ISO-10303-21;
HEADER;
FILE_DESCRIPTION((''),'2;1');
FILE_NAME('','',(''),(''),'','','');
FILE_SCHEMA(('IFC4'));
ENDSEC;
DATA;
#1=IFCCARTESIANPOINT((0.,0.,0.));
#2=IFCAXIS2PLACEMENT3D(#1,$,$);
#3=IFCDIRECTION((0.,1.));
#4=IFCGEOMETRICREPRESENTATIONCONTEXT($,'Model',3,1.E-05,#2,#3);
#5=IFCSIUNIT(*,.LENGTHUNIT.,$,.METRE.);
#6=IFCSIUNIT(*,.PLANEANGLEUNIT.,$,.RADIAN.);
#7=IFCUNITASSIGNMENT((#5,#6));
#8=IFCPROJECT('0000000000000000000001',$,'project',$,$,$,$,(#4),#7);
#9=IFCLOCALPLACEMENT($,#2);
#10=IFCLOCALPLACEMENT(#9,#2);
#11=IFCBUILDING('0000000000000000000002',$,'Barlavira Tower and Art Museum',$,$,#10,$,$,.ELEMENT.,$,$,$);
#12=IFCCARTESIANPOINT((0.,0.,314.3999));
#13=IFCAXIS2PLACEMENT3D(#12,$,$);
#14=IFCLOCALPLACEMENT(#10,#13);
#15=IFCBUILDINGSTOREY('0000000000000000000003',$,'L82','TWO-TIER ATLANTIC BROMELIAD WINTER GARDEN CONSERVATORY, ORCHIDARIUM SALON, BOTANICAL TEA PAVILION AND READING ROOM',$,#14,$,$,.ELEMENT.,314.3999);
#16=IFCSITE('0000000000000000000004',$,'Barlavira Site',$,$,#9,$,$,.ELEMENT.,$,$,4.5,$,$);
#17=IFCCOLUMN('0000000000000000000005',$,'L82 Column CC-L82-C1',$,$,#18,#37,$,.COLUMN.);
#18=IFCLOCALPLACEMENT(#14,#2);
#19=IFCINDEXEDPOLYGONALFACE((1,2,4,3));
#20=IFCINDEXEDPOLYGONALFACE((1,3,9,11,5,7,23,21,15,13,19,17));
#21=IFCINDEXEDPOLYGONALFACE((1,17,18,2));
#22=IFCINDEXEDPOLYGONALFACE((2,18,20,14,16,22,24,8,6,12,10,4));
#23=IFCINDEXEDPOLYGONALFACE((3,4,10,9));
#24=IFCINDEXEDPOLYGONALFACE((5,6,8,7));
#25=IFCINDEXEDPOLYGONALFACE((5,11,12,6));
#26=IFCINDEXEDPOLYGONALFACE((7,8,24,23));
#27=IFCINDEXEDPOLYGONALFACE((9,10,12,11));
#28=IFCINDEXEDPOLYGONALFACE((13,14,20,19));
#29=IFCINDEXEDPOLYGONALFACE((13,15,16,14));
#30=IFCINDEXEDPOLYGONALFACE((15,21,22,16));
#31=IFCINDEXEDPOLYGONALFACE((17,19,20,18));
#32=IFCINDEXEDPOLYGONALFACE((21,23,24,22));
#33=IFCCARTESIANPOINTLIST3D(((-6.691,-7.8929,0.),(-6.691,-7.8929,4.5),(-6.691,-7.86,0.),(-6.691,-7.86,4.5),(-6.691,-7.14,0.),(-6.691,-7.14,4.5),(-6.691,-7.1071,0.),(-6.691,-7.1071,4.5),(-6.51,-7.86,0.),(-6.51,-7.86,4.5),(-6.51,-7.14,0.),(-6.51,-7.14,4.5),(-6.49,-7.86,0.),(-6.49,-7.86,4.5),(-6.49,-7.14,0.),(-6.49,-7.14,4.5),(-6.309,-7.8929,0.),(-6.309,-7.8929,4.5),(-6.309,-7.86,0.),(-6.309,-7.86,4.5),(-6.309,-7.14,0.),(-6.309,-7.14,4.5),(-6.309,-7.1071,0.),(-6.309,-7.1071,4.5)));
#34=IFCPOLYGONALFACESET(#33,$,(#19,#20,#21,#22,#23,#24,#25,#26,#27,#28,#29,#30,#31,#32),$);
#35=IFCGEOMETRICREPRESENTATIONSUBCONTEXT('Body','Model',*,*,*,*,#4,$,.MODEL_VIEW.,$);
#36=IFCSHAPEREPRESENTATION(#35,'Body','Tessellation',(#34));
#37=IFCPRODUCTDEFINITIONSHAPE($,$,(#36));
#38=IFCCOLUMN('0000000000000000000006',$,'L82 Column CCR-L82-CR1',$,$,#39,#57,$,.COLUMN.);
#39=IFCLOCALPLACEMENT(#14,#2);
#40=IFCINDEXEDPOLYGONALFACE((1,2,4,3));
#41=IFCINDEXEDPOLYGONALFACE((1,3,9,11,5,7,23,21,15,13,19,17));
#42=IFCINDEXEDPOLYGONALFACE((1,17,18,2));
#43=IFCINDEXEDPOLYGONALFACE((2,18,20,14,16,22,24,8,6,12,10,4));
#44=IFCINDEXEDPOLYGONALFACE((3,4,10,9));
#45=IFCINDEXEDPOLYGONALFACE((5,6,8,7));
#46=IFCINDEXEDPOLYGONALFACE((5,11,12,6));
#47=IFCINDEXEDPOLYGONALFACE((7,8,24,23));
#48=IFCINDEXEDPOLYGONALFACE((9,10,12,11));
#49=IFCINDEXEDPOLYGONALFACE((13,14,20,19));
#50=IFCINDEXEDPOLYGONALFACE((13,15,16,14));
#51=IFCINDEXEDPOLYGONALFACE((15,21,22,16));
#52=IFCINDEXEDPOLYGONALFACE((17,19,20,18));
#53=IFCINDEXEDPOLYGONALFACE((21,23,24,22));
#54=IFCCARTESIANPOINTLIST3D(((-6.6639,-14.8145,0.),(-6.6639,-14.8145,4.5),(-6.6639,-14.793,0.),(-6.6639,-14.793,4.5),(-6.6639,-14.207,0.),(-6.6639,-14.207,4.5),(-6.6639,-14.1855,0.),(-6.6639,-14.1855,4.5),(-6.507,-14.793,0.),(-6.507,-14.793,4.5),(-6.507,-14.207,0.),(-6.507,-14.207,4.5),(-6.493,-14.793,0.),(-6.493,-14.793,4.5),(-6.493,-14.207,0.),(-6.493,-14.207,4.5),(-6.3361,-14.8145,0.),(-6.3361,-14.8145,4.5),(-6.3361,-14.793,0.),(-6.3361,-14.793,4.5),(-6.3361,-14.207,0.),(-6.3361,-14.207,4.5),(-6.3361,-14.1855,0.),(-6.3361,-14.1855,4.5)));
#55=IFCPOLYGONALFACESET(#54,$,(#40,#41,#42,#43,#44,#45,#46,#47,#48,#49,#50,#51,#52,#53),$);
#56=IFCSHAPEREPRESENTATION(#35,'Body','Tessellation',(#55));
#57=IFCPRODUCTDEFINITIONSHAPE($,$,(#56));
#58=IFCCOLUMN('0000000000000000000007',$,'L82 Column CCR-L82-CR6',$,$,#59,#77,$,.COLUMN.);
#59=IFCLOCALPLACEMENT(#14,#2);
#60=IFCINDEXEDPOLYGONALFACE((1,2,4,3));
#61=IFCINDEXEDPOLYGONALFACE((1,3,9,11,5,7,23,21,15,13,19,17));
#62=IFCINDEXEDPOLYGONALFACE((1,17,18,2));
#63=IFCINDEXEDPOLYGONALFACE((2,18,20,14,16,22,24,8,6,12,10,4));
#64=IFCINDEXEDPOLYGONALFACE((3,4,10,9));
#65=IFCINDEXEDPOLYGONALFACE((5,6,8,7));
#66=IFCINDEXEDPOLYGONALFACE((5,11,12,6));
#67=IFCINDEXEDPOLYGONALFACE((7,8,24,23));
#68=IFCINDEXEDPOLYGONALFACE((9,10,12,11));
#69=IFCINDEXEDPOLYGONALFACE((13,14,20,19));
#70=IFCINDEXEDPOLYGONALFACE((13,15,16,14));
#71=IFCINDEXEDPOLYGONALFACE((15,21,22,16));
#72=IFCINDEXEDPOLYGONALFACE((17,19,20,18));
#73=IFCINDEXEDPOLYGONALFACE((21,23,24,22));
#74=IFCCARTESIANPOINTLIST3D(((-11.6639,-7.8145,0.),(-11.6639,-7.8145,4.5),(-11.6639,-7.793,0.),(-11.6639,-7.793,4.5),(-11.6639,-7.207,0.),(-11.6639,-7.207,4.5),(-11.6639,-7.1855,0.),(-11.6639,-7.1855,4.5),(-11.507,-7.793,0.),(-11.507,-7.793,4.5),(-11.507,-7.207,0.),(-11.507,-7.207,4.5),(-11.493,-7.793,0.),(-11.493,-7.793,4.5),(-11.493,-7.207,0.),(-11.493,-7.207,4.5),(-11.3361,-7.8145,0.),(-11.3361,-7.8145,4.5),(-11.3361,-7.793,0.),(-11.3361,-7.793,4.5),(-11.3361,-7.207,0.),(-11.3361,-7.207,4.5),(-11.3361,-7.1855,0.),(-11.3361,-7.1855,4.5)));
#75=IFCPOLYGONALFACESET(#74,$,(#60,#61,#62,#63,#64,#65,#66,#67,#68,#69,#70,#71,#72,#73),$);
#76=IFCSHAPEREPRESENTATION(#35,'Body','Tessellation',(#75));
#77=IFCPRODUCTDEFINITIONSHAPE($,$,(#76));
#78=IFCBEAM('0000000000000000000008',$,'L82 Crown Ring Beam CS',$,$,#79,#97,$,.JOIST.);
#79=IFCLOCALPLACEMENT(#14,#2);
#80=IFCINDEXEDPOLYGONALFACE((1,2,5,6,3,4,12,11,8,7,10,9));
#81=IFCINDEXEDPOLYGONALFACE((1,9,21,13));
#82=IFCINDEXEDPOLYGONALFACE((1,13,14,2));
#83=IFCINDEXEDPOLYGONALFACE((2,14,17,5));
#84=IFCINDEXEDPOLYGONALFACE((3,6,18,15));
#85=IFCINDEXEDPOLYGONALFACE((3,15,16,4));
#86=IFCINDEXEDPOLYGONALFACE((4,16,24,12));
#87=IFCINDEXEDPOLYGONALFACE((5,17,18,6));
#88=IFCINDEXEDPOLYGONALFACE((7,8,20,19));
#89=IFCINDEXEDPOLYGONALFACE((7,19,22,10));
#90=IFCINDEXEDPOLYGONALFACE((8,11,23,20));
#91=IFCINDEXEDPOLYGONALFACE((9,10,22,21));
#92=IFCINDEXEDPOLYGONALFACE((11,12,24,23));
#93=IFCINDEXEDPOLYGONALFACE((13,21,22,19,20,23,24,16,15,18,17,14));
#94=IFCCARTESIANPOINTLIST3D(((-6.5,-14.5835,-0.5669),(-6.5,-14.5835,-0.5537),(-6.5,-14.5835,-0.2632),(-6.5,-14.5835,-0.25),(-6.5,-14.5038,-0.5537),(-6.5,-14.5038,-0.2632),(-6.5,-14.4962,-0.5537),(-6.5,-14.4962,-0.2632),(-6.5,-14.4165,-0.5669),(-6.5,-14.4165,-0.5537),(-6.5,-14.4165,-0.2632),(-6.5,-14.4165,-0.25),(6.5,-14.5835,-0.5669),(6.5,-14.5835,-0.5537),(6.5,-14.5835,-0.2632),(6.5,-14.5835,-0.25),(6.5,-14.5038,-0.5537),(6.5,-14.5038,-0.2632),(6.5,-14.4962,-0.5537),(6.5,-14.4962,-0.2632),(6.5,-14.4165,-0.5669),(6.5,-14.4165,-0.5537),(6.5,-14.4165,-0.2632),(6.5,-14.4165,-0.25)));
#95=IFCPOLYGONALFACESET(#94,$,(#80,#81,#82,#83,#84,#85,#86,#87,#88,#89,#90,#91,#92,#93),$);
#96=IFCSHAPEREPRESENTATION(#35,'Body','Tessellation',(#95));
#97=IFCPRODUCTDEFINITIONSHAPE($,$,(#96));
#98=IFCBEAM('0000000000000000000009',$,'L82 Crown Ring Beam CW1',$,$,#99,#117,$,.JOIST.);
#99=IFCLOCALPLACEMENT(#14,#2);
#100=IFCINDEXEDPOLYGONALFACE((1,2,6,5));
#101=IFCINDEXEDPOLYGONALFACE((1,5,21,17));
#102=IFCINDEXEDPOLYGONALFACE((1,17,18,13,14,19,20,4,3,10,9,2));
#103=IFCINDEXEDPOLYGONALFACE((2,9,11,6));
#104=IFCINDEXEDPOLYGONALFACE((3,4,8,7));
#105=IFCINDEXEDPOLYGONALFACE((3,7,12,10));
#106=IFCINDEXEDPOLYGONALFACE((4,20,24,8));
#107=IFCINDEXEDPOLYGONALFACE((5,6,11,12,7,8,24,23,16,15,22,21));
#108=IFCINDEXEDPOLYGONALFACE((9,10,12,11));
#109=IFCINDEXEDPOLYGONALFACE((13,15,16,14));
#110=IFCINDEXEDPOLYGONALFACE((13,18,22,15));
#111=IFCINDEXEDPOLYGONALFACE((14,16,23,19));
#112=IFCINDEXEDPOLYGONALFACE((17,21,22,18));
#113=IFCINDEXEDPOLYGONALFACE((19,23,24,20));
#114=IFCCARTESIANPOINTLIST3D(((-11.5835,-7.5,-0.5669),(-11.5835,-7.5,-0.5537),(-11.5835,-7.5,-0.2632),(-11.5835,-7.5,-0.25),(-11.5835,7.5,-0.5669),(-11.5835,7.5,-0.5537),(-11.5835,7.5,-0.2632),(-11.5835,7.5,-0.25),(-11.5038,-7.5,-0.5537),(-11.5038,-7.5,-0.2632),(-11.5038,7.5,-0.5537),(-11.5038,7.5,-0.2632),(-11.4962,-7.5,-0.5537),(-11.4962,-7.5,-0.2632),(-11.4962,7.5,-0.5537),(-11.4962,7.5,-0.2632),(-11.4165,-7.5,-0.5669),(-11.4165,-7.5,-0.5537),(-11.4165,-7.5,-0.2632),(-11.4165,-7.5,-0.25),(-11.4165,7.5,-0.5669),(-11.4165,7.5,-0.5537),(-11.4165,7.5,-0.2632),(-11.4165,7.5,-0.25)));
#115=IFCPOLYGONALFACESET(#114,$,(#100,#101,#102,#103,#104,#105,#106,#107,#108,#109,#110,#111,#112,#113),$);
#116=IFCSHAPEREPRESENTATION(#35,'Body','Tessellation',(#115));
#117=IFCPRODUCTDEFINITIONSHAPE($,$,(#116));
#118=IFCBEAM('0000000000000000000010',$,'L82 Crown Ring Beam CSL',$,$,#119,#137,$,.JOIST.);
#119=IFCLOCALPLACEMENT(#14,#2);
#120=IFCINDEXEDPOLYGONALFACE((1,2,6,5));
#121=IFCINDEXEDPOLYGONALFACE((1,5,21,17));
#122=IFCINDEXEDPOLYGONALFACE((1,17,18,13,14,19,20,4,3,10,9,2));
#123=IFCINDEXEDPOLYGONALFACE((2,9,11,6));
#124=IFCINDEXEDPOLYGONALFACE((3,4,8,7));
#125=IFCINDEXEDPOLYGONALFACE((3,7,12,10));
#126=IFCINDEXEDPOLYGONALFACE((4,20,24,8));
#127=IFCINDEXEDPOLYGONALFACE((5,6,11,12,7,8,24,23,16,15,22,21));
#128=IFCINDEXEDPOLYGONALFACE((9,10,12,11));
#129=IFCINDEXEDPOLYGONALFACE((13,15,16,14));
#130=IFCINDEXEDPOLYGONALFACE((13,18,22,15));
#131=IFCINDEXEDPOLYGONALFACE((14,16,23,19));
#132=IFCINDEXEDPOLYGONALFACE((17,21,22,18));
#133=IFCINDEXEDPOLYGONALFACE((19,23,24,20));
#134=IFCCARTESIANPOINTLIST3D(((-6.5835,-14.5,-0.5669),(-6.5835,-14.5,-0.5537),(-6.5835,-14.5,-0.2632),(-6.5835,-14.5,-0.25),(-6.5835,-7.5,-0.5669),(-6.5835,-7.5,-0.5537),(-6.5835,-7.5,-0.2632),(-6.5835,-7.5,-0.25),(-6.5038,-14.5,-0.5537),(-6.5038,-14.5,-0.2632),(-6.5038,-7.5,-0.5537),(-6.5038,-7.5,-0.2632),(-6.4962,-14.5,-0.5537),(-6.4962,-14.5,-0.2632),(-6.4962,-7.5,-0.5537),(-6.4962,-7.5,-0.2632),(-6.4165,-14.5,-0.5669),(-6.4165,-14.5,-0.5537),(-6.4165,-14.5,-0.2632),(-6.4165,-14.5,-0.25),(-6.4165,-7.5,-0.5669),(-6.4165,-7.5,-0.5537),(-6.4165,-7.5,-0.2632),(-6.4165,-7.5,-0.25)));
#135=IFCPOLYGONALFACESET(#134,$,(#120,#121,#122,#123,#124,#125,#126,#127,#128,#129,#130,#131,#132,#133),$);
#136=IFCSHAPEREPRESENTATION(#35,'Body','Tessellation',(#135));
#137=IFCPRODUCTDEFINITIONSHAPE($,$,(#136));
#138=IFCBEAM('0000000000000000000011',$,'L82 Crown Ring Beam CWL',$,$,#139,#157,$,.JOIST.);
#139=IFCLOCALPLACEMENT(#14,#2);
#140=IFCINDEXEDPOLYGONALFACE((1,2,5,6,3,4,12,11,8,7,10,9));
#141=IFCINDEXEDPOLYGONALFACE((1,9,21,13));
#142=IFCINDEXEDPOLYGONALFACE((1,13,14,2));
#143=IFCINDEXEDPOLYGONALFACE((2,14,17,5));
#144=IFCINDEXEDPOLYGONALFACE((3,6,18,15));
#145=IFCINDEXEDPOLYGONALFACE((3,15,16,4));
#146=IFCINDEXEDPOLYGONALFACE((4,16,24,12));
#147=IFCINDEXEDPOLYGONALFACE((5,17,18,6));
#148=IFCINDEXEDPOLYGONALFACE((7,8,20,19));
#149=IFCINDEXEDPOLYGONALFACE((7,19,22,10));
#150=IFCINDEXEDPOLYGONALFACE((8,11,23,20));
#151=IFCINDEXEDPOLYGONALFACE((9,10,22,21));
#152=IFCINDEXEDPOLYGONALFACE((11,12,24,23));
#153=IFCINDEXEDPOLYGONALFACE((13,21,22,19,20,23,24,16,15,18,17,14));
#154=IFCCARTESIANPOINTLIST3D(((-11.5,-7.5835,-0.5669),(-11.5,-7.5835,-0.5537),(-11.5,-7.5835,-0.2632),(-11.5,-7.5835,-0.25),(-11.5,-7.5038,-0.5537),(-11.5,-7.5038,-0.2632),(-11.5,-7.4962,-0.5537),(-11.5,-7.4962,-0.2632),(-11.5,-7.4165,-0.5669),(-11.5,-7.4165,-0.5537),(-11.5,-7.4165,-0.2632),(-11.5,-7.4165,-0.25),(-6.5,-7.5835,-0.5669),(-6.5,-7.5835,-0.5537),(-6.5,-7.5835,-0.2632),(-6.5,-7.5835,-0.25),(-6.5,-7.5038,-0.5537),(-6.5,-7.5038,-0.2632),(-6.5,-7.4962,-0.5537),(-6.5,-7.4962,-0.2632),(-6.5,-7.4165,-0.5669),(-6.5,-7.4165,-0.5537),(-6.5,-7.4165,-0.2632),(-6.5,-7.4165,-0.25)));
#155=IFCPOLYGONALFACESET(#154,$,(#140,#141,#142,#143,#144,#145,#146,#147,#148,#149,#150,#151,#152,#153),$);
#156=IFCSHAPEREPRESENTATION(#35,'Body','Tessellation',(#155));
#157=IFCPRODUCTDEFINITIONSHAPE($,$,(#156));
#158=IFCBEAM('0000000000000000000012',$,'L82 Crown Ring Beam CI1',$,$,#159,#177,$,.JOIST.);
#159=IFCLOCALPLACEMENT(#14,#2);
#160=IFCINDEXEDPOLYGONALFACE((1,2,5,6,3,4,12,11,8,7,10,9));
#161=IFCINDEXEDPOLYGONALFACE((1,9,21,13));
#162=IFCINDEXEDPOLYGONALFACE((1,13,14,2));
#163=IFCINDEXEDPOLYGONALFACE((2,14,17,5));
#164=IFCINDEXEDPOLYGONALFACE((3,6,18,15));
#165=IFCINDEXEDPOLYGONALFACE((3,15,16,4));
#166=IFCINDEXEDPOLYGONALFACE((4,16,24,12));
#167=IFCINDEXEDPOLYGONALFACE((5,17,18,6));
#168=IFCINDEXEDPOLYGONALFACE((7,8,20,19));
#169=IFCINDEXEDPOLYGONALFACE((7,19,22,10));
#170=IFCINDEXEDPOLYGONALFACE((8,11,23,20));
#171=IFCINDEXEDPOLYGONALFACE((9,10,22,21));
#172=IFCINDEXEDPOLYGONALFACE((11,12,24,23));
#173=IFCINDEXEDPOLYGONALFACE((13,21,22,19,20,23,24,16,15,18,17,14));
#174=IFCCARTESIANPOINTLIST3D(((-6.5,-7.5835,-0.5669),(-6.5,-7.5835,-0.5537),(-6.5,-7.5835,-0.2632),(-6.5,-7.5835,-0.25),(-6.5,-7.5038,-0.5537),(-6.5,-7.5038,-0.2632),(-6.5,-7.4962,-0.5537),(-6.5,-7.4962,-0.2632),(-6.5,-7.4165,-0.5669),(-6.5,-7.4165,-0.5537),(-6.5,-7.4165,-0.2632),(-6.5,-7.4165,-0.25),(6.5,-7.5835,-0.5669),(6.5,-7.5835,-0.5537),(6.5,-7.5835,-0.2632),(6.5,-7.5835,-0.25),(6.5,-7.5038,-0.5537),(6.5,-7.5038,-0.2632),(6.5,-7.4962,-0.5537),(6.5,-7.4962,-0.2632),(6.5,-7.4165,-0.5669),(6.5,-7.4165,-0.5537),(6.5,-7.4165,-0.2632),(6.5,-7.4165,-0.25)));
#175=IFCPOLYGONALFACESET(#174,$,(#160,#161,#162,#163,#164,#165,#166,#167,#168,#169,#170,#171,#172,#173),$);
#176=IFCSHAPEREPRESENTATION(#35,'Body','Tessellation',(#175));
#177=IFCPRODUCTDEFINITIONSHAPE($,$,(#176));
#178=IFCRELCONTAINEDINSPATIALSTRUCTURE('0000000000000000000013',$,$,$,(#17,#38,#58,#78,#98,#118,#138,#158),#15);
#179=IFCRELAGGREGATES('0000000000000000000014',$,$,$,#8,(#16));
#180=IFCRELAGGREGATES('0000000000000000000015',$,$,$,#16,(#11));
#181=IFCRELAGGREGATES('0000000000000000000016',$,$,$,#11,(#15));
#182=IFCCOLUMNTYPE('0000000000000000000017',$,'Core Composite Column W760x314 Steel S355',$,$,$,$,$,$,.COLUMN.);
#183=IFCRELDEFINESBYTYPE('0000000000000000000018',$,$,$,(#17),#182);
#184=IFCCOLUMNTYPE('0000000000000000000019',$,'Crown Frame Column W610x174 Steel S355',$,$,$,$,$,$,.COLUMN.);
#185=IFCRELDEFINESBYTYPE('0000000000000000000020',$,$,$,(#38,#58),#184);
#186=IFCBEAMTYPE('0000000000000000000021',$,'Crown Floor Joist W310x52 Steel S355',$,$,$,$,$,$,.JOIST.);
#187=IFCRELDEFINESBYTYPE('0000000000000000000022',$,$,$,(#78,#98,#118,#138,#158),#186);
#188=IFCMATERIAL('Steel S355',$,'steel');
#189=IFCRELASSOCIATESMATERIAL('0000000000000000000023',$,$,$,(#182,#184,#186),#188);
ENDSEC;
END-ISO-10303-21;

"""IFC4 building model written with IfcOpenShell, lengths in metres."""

from ifc_helpers import new_model, si_unit, direction, frame, origin, origin_2d, place, context, subcontext, project, spatial, i_section, extrude, material, material_profile, profile_set, type_object, element, save


model = new_model("IFC4")

# Units and contexts
model_context = context("Model", 3, precision=1e-05, world=origin(), true_north=direction((0.0, 1.0)))
body_context = subcontext(model_context, "Body", "Model", "MODEL_VIEW")
ifc_project = project(units=[si_unit("LENGTHUNIT", "METRE"), si_unit("PLANEANGLEUNIT", "RADIAN")], contexts=[model_context])

# Site, building, storey
site_placement = place(None, origin())
site = spatial("IfcSite", under=ifc_project, at=site_placement, Name="Barlavira Site", CompositionType="ELEMENT", RefElevation=4.5)
building_placement = place(site_placement, origin())
building = spatial("IfcBuilding", under=site, at=building_placement, Name="Barlavira Tower and Art Museum", CompositionType="ELEMENT")
storey_placement = place(building_placement, frame((0.0, 0.0, 314.3999)))
storey = spatial("IfcBuildingStorey", under=building, at=storey_placement, Name="L82", Description="TWO-TIER ATLANTIC BROMELIAD WINTER GARDEN CONSERVATORY, ORCHIDARIUM SALON, BOTANICAL TEA PAVILION AND READING ROOM", CompositionType="ELEMENT", Elevation=314.3999)

# Columns
ifc_material_1 = material(Name="Steel S355", Category="steel")
ifc_material_profile_1 = material_profile(ifc_material_1, i_section(OverallWidth=0.3821, OverallDepth=0.7859, WebThickness=0.02, FlangeThickness=0.033, at=origin_2d()), Name="W760x314.0")
ifc_profile_set_1 = profile_set([ifc_material_profile_1], Name="Steel S355")
column_type_1 = type_object("IfcColumnType", Name="Core Composite Column W760x314 Steel S355", PredefinedType="COLUMN", material=ifc_profile_set_1)
column_placement = place(storey_placement, frame((-6.5, -7.5, 0.0), z_axis=(0.0, 0.0, 1.0), x_axis=(1.0, 0.0, 0.0)))
element("IfcColumn", 1, at=column_placement, inside=storey, type_object=column_type_1, Name="L82 Column CC-L82-C1", PredefinedType="COLUMN", context=body_context, shape_type="SweptSolid", body=[
    extrude(i_section(OverallWidth=0.3821, OverallDepth=0.7859, WebThickness=0.02, FlangeThickness=0.033, at=origin_2d()), origin(), (0.0, 0.0, 1.0), 4.5),
])
ifc_material_profile_2 = material_profile(ifc_material_1, i_section(OverallWidth=0.3279, OverallDepth=0.6289, WebThickness=0.0139, FlangeThickness=0.0215, at=origin_2d()), Name="W610x174.0")
ifc_profile_set_2 = profile_set([ifc_material_profile_2], Name="Steel S355")
column_type_2 = type_object("IfcColumnType", Name="Crown Frame Column W610x174 Steel S355", PredefinedType="COLUMN", material=ifc_profile_set_2)
for number, where, z_axis, x_axis, name in (
    (2, (-6.5, -14.5, 0.0), (0.0, 0.0, 1.0), (1.0, 0.0, 0.0), "L82 Column CCR-L82-CR1"),
    (3, (-11.5, -7.5, 0.0), (0.0, 0.0, 1.0), (1.0, 0.0, 0.0), "L82 Column CCR-L82-CR6"),
):
    element("IfcColumn", number, at=place(storey_placement, frame(where, z_axis=z_axis, x_axis=x_axis)), inside=storey, type_object=column_type_2, Name=name, PredefinedType="COLUMN", context=body_context, shape_type="SweptSolid", body=[
        extrude(i_section(OverallWidth=0.3279, OverallDepth=0.6289, WebThickness=0.0139, FlangeThickness=0.0215, at=origin_2d()), origin(), (0.0, 0.0, 1.0), 4.5),
    ])

# Beams
ifc_material_profile_3 = material_profile(ifc_material_1, i_section(OverallWidth=0.167, OverallDepth=0.3169, WebThickness=0.0076, FlangeThickness=0.0132, at=origin_2d()), Name="W310x52.0")
ifc_profile_set_3 = profile_set([ifc_material_profile_3], Name="Steel S355")
beam_type = type_object("IfcBeamType", Name="Crown Floor Joist W310x52 Steel S355", PredefinedType="JOIST", material=ifc_profile_set_3)
beam_1_placement = place(storey_placement, frame((-6.5, -14.5, -0.4084), z_axis=(1.0, 0.0, 0.0), x_axis=(0.0, 1.0, 0.0)))
element("IfcBeam", 4, at=beam_1_placement, inside=storey, type_object=beam_type, Name="L82 Crown Ring Beam CS", PredefinedType="JOIST", context=body_context, shape_type="SweptSolid", body=[
    extrude(i_section(OverallWidth=0.167, OverallDepth=0.3169, WebThickness=0.0076, FlangeThickness=0.0132, at=origin_2d()), origin(), (0.0, 0.0, 1.0), 13.0),
])
beam_2_placement = place(storey_placement, frame((-11.5, -7.5, -0.4084), z_axis=(0.0, 1.0, 0.0), x_axis=(-1.0, 0.0, 0.0)))
element("IfcBeam", 5, at=beam_2_placement, inside=storey, type_object=beam_type, Name="L82 Crown Ring Beam CW1", PredefinedType="JOIST", context=body_context, shape_type="SweptSolid", body=[
    extrude(i_section(OverallWidth=0.167, OverallDepth=0.3169, WebThickness=0.0076, FlangeThickness=0.0132, at=origin_2d()), origin(), (0.0, 0.0, 1.0), 15.0),
])
beam_3_placement = place(storey_placement, frame((-6.5, -14.5, -0.4084), z_axis=(0.0, 1.0, 0.0), x_axis=(-1.0, 0.0, 0.0)))
element("IfcBeam", 6, at=beam_3_placement, inside=storey, type_object=beam_type, Name="L82 Crown Ring Beam CSL", PredefinedType="JOIST", context=body_context, shape_type="SweptSolid", body=[
    extrude(i_section(OverallWidth=0.167, OverallDepth=0.3169, WebThickness=0.0076, FlangeThickness=0.0132, at=origin_2d()), origin(), (0.0, 0.0, 1.0), 7.0),
])
beam_4_placement = place(storey_placement, frame((-11.5, -7.5, -0.4084), z_axis=(1.0, 0.0, 0.0), x_axis=(0.0, 1.0, 0.0)))
element("IfcBeam", 7, at=beam_4_placement, inside=storey, type_object=beam_type, Name="L82 Crown Ring Beam CWL", PredefinedType="JOIST", context=body_context, shape_type="SweptSolid", body=[
    extrude(i_section(OverallWidth=0.167, OverallDepth=0.3169, WebThickness=0.0076, FlangeThickness=0.0132, at=origin_2d()), origin(), (0.0, 0.0, 1.0), 5.0),
])
beam_5_placement = place(storey_placement, frame((-6.5, -7.5, -0.4084), z_axis=(1.0, 0.0, 0.0), x_axis=(0.0, 1.0, 0.0)))
element("IfcBeam", 8, at=beam_5_placement, inside=storey, type_object=beam_type, Name="L82 Crown Ring Beam CI1", PredefinedType="JOIST", context=body_context, shape_type="SweptSolid", body=[
    extrude(i_section(OverallWidth=0.167, OverallDepth=0.3169, WebThickness=0.0076, FlangeThickness=0.0132, at=origin_2d()), origin(), (0.0, 0.0, 1.0), 13.0),
])

save(model, "model.ifc")
